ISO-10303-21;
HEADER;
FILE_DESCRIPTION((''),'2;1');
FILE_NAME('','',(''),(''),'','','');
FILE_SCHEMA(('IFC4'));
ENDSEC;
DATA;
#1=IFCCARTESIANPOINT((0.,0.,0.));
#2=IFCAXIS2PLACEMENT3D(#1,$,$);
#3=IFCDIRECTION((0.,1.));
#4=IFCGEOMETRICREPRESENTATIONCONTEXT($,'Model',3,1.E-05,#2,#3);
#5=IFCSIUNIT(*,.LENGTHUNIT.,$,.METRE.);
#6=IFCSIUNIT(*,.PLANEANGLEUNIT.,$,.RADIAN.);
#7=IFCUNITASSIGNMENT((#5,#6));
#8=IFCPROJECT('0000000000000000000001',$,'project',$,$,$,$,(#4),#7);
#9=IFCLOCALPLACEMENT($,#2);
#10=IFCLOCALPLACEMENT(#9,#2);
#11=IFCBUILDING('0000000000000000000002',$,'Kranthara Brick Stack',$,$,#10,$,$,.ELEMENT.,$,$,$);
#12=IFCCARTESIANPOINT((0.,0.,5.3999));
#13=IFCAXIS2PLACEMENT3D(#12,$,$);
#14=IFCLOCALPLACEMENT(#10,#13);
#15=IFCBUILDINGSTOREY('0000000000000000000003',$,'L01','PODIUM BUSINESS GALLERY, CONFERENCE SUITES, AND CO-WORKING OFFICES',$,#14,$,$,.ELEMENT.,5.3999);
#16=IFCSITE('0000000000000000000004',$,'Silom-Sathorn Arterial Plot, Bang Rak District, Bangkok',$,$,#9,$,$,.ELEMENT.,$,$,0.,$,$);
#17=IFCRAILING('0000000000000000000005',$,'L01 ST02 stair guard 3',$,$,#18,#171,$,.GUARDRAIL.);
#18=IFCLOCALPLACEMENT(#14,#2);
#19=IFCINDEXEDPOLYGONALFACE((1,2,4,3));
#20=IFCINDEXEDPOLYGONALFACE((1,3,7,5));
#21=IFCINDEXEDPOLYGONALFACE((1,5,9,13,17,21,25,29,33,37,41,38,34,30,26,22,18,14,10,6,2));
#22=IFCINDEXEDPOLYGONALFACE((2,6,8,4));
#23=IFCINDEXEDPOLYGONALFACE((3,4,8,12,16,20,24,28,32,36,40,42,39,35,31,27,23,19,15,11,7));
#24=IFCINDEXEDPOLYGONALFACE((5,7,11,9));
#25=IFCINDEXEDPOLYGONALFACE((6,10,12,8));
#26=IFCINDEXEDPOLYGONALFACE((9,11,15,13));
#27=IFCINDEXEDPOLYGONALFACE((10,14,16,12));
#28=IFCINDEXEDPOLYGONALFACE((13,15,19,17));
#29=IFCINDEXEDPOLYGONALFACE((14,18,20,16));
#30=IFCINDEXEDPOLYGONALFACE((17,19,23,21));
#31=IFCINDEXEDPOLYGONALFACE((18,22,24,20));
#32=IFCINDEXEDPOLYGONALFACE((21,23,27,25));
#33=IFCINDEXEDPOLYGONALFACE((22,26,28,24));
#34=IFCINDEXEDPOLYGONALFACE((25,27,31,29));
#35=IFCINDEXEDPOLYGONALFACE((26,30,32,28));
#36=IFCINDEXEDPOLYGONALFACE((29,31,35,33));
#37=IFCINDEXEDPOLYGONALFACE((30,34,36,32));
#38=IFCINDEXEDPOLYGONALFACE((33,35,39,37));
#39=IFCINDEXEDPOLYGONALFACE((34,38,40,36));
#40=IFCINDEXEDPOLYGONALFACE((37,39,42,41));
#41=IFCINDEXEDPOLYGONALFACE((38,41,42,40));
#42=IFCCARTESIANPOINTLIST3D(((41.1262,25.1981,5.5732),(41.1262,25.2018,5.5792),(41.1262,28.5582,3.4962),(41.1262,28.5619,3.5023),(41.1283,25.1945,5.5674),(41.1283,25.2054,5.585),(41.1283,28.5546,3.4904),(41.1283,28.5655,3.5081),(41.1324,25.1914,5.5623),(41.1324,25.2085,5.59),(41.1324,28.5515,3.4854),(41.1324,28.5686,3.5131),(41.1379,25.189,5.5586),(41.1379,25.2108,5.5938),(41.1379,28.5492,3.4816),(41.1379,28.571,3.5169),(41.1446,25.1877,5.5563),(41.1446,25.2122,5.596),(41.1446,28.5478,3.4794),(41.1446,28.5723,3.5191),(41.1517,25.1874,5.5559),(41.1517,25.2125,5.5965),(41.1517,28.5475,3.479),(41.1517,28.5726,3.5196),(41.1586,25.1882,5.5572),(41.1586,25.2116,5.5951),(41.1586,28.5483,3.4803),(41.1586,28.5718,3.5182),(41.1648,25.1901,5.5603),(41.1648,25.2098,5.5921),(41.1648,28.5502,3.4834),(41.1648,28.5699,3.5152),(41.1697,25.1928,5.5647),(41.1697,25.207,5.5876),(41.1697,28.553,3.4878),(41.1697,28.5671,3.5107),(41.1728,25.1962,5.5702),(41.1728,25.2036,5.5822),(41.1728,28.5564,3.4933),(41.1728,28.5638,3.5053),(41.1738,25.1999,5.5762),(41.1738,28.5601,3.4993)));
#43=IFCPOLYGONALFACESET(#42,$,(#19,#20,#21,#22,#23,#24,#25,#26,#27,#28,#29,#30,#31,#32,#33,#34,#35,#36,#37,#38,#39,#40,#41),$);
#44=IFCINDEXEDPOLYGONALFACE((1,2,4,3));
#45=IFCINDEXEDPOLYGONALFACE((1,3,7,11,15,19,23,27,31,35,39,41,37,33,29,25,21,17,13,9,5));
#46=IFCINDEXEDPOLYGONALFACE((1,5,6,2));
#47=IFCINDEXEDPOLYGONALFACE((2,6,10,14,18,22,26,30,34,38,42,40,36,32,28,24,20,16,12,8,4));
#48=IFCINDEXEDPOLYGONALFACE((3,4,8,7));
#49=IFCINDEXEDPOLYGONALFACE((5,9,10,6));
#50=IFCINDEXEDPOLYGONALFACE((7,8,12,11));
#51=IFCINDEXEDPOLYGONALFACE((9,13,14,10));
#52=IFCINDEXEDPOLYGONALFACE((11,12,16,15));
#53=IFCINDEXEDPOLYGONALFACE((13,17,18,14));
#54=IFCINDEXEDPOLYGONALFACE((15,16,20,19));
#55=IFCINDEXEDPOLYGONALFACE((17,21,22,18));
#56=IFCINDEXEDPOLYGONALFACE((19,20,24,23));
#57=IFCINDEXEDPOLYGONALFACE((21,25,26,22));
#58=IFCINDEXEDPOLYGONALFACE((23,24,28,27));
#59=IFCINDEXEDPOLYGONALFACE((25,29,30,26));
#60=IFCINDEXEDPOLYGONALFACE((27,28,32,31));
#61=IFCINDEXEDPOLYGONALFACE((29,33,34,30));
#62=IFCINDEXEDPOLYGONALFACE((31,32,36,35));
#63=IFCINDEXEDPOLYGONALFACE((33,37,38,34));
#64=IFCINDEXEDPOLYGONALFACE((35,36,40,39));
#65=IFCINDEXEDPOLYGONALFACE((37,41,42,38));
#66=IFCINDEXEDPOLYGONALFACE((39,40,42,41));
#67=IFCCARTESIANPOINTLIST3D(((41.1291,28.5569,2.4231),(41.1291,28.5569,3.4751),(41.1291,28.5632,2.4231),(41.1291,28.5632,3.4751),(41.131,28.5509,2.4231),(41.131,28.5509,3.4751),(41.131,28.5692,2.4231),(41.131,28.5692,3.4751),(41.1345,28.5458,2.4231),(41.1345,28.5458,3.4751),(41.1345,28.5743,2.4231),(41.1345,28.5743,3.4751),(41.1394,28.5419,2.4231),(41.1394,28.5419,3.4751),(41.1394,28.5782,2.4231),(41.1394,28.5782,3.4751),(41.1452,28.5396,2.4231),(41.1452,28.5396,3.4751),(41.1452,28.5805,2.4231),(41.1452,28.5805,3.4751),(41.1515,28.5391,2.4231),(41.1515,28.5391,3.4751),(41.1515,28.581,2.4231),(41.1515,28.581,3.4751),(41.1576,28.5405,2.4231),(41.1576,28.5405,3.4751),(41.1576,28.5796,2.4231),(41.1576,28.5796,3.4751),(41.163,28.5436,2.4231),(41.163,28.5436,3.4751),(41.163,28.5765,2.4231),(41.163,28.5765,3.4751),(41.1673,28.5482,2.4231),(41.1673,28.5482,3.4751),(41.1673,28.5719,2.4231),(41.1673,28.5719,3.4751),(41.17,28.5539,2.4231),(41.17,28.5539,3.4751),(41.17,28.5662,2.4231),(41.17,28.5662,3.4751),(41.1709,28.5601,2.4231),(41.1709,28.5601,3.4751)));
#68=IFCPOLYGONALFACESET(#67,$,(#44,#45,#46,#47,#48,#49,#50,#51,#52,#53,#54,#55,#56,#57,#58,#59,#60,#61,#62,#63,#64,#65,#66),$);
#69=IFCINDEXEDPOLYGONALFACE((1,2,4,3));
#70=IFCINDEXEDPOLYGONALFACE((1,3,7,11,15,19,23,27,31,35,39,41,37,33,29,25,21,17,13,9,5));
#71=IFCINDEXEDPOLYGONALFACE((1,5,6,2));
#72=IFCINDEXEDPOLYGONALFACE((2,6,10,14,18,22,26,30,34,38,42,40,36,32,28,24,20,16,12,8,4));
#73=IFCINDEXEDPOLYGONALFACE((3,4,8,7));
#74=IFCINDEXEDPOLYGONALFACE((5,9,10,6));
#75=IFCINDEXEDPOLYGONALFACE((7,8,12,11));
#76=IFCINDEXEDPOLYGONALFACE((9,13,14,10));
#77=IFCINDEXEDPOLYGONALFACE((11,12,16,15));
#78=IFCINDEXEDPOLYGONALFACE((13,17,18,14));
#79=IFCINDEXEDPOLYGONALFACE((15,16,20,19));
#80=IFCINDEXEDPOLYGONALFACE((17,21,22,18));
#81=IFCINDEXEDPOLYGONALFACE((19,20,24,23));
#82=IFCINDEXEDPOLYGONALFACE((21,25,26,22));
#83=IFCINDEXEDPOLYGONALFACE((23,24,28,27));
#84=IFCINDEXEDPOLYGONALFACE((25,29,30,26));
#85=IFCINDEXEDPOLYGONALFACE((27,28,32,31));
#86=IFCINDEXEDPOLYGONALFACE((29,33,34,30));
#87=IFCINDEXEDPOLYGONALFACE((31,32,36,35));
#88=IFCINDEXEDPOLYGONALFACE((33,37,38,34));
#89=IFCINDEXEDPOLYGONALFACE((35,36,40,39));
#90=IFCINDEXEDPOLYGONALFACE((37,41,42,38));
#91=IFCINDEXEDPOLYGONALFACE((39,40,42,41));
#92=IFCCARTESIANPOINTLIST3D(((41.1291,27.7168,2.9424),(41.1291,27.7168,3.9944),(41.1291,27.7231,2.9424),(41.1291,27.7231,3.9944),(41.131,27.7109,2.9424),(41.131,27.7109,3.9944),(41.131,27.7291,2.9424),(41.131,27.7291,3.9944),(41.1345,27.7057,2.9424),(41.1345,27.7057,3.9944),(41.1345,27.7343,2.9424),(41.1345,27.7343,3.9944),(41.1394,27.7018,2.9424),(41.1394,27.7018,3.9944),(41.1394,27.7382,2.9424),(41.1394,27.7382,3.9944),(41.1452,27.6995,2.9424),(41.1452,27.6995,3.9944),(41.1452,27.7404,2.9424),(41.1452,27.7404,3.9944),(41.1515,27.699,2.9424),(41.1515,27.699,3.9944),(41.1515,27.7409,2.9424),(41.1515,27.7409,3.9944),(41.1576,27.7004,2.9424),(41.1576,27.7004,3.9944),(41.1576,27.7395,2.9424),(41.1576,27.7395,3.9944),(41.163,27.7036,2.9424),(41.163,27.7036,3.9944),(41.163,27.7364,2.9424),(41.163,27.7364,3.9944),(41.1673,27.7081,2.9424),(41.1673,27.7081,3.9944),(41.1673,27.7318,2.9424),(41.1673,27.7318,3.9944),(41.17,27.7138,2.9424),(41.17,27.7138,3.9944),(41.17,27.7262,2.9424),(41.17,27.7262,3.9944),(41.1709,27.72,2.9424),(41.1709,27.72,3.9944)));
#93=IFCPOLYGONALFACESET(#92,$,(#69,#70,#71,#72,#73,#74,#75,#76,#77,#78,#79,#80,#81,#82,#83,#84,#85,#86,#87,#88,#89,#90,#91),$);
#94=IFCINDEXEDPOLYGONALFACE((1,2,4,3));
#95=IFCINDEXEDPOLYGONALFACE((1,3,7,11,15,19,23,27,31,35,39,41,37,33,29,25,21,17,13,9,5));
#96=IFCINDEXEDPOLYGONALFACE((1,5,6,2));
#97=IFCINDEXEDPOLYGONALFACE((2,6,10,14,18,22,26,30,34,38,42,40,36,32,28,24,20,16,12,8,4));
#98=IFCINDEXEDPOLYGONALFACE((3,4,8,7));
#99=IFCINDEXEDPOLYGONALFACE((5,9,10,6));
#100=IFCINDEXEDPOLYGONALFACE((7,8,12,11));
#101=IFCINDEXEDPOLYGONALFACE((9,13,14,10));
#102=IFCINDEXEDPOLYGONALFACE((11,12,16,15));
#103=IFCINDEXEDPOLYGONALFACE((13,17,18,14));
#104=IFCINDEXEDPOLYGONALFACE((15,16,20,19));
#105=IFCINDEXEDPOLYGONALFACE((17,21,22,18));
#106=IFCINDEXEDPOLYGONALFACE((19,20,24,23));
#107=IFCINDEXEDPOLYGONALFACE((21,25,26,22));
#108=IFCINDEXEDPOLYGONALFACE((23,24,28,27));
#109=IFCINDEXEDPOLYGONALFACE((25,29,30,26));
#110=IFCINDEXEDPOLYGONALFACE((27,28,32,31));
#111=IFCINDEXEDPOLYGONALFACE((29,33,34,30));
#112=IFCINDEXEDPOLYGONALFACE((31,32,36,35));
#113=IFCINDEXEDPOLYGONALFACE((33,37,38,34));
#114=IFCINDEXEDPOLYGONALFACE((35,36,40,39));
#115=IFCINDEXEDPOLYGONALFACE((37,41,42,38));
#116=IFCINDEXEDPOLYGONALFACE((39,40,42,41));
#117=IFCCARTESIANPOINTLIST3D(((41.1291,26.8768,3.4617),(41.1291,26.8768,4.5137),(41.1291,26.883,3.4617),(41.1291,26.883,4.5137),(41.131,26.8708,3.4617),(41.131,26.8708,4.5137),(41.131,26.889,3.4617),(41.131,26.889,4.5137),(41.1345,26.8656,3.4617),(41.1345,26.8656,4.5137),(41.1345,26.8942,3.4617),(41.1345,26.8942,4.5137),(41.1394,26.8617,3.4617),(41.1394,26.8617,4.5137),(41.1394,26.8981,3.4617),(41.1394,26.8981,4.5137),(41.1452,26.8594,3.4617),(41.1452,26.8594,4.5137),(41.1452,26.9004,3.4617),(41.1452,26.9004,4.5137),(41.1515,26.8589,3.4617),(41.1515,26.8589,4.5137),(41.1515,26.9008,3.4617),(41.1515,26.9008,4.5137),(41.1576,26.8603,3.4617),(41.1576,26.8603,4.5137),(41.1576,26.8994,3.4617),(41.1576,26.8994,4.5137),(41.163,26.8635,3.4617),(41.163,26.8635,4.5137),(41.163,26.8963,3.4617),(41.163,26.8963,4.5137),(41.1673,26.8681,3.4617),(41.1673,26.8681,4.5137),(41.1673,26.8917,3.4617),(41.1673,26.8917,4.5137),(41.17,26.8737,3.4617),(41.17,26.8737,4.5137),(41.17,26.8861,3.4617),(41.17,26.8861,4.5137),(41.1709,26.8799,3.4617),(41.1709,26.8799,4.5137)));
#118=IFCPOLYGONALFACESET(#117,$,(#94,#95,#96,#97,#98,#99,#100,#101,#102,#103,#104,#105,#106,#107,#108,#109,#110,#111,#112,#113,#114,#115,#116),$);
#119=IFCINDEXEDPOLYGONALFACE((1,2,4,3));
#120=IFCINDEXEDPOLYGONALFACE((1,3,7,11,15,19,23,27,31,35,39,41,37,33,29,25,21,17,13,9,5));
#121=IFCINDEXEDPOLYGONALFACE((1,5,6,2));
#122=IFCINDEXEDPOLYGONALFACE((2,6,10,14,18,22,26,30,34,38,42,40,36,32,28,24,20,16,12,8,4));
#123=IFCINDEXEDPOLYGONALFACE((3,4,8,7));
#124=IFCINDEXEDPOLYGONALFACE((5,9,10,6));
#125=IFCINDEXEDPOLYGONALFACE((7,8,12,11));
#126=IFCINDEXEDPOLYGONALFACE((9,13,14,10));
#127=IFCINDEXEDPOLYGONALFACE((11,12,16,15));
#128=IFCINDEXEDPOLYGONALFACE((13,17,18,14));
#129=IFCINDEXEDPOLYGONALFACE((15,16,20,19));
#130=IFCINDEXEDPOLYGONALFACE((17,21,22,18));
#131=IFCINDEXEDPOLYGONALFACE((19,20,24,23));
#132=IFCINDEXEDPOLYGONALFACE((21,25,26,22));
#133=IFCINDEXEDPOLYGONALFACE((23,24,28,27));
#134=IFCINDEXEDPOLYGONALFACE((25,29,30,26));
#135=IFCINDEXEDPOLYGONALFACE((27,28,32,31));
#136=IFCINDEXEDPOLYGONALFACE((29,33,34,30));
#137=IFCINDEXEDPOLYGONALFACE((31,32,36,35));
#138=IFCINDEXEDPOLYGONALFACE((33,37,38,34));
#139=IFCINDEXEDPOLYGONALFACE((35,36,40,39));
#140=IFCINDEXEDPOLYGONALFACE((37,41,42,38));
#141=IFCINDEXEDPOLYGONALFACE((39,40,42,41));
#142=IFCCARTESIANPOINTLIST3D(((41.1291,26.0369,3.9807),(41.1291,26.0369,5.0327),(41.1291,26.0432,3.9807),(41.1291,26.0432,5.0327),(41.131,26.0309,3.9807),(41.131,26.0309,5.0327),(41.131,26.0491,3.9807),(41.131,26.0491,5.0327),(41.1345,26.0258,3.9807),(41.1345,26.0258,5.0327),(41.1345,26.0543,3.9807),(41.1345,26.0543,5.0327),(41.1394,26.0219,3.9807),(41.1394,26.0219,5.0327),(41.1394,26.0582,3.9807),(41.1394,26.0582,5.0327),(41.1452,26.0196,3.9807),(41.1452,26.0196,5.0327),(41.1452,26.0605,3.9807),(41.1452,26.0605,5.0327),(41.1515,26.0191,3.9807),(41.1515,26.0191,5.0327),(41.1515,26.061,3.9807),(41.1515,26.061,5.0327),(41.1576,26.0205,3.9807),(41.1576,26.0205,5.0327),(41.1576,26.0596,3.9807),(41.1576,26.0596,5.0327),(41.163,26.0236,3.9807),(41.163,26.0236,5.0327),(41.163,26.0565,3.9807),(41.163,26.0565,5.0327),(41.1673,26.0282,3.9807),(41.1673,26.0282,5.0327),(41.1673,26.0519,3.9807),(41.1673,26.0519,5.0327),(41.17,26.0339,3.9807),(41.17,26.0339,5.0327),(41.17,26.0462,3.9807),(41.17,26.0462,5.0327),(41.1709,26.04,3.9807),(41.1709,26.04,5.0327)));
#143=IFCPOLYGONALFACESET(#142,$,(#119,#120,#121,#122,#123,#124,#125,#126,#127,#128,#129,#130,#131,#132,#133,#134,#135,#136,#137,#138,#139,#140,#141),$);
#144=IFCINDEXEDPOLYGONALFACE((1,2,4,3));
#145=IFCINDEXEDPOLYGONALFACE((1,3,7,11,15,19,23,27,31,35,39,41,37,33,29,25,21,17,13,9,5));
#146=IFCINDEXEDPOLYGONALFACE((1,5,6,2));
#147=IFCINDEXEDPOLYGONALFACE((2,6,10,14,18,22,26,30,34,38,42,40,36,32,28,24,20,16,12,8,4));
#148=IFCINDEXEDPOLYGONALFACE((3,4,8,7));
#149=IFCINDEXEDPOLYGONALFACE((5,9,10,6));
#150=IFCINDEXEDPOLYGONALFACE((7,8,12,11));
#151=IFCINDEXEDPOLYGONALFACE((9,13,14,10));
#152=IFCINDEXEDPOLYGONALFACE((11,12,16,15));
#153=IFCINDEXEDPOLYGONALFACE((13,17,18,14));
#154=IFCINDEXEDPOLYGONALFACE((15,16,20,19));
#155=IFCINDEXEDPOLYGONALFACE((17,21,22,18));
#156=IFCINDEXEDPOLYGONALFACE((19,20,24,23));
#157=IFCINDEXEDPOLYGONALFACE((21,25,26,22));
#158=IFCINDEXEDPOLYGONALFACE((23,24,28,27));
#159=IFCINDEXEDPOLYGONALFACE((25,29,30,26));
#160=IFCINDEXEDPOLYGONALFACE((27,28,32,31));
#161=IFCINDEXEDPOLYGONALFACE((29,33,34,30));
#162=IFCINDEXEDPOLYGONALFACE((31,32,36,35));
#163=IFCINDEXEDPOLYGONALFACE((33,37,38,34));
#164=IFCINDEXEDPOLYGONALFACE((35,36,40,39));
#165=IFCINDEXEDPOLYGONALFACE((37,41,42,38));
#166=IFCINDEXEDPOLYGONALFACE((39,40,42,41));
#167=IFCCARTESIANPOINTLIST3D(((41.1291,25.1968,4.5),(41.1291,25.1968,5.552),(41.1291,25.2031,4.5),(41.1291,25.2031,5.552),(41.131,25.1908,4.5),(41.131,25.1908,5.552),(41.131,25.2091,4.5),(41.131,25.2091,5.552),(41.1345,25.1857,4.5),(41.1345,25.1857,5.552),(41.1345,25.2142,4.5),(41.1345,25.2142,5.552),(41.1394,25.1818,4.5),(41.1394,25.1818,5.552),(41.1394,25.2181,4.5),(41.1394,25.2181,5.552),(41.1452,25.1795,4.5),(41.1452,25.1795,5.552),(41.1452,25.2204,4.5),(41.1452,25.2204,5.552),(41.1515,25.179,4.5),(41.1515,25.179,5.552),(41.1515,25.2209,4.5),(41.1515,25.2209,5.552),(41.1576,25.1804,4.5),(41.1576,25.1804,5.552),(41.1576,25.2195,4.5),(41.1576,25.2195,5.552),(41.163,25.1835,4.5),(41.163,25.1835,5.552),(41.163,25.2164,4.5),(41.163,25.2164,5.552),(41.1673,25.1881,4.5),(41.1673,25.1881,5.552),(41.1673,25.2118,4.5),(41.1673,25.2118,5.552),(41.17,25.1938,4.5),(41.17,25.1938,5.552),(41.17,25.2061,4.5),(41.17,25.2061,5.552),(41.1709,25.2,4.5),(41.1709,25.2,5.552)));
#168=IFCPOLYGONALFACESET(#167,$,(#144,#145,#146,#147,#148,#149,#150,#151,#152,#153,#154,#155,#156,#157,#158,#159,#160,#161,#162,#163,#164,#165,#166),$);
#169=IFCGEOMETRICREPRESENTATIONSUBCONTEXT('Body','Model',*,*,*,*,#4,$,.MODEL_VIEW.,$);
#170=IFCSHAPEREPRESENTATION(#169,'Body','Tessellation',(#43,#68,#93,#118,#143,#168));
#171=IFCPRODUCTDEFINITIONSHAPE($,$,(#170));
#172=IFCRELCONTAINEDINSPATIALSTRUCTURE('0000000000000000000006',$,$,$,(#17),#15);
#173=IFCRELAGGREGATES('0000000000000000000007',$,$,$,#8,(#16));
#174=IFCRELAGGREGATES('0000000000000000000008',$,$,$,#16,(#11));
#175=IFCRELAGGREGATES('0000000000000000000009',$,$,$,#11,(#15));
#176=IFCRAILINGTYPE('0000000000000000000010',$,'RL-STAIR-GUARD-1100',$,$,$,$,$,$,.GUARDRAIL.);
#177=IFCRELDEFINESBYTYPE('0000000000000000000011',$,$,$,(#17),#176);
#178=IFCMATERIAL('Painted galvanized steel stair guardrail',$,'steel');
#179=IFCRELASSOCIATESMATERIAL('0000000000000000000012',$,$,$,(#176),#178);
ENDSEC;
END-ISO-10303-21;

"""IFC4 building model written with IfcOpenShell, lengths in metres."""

from ifc_helpers import new_model, si_unit, direction, frame, origin, origin_2d, place, context, subcontext, project, spatial, circle, extrude, material, type_object, element, save


model = new_model("IFC4")

# Units and contexts
model_context = context("Model", 3, precision=1e-05, world=origin(), true_north=direction((0.0, 1.0)))
body_context = subcontext(model_context, "Body", "Model", "MODEL_VIEW")
ifc_project = project(units=[si_unit("LENGTHUNIT", "METRE"), si_unit("PLANEANGLEUNIT", "RADIAN")], contexts=[model_context])

# Site, building, storey
site_placement = place(None, origin())
site = spatial("IfcSite", under=ifc_project, at=site_placement, Name="Silom-Sathorn Arterial Plot, Bang Rak District, Bangkok", CompositionType="ELEMENT", RefElevation=0.0)
building_placement = place(site_placement, origin())
building = spatial("IfcBuilding", under=site, at=building_placement, Name="Kranthara Brick Stack", CompositionType="ELEMENT")
storey_placement = place(building_placement, frame((0.0, 0.0, 5.3999)))
storey = spatial("IfcBuildingStorey", under=building, at=storey_placement, Name="L01", Description="PODIUM BUSINESS GALLERY, CONFERENCE SUITES, AND CO-WORKING OFFICES", CompositionType="ELEMENT", Elevation=5.3999)

# Railing
ifc_material_1 = material(Name="Painted galvanized steel stair guardrail", Category="steel")
railing_type_1 = type_object("IfcRailingType", Name="RL-STAIR-GUARD-1100", PredefinedType="GUARDRAIL", material=ifc_material_1)
railing_1_placement = place(storey_placement, frame((41.1499, 28.5601, 2.4231)))
element("IfcRailing", 1, at=railing_1_placement, inside=storey, type_object=railing_type_1, Name="L01 ST02 stair guard 3", PredefinedType="GUARDRAIL", context=body_context, shape_type="SweptSolid", body=[
    extrude(circle(Radius=0.0239, at=origin_2d()), frame((0.0, 0.0, 1.0762), z_axis=(0.0, -0.850623, 0.525776), x_axis=(1.0, 0.0, 0.0)), (0.0, 0.0, 1.0), 3.9502),
    extrude(circle(Radius=0.021, at=origin_2d()), origin(), (0.0, 0.0, 1.0), 1.052),
    extrude(circle(Radius=0.021, at=origin_2d()), frame((0.0, -0.8401, 0.5193)), (0.0, 0.0, 1.0), 1.052),
    extrude(circle(Radius=0.021, at=origin_2d()), frame((0.0, -1.6802, 1.0386)), (0.0, 0.0, 1.0), 1.052),
    extrude(circle(Radius=0.021, at=origin_2d()), frame((0.0, -2.52, 1.5576)), (0.0, 0.0, 1.0), 1.052),
    extrude(circle(Radius=0.021, at=origin_2d()), frame((0.0, -3.3601, 2.0769)), (0.0, 0.0, 1.0), 1.052),
])

save(model, "model.ifc")
